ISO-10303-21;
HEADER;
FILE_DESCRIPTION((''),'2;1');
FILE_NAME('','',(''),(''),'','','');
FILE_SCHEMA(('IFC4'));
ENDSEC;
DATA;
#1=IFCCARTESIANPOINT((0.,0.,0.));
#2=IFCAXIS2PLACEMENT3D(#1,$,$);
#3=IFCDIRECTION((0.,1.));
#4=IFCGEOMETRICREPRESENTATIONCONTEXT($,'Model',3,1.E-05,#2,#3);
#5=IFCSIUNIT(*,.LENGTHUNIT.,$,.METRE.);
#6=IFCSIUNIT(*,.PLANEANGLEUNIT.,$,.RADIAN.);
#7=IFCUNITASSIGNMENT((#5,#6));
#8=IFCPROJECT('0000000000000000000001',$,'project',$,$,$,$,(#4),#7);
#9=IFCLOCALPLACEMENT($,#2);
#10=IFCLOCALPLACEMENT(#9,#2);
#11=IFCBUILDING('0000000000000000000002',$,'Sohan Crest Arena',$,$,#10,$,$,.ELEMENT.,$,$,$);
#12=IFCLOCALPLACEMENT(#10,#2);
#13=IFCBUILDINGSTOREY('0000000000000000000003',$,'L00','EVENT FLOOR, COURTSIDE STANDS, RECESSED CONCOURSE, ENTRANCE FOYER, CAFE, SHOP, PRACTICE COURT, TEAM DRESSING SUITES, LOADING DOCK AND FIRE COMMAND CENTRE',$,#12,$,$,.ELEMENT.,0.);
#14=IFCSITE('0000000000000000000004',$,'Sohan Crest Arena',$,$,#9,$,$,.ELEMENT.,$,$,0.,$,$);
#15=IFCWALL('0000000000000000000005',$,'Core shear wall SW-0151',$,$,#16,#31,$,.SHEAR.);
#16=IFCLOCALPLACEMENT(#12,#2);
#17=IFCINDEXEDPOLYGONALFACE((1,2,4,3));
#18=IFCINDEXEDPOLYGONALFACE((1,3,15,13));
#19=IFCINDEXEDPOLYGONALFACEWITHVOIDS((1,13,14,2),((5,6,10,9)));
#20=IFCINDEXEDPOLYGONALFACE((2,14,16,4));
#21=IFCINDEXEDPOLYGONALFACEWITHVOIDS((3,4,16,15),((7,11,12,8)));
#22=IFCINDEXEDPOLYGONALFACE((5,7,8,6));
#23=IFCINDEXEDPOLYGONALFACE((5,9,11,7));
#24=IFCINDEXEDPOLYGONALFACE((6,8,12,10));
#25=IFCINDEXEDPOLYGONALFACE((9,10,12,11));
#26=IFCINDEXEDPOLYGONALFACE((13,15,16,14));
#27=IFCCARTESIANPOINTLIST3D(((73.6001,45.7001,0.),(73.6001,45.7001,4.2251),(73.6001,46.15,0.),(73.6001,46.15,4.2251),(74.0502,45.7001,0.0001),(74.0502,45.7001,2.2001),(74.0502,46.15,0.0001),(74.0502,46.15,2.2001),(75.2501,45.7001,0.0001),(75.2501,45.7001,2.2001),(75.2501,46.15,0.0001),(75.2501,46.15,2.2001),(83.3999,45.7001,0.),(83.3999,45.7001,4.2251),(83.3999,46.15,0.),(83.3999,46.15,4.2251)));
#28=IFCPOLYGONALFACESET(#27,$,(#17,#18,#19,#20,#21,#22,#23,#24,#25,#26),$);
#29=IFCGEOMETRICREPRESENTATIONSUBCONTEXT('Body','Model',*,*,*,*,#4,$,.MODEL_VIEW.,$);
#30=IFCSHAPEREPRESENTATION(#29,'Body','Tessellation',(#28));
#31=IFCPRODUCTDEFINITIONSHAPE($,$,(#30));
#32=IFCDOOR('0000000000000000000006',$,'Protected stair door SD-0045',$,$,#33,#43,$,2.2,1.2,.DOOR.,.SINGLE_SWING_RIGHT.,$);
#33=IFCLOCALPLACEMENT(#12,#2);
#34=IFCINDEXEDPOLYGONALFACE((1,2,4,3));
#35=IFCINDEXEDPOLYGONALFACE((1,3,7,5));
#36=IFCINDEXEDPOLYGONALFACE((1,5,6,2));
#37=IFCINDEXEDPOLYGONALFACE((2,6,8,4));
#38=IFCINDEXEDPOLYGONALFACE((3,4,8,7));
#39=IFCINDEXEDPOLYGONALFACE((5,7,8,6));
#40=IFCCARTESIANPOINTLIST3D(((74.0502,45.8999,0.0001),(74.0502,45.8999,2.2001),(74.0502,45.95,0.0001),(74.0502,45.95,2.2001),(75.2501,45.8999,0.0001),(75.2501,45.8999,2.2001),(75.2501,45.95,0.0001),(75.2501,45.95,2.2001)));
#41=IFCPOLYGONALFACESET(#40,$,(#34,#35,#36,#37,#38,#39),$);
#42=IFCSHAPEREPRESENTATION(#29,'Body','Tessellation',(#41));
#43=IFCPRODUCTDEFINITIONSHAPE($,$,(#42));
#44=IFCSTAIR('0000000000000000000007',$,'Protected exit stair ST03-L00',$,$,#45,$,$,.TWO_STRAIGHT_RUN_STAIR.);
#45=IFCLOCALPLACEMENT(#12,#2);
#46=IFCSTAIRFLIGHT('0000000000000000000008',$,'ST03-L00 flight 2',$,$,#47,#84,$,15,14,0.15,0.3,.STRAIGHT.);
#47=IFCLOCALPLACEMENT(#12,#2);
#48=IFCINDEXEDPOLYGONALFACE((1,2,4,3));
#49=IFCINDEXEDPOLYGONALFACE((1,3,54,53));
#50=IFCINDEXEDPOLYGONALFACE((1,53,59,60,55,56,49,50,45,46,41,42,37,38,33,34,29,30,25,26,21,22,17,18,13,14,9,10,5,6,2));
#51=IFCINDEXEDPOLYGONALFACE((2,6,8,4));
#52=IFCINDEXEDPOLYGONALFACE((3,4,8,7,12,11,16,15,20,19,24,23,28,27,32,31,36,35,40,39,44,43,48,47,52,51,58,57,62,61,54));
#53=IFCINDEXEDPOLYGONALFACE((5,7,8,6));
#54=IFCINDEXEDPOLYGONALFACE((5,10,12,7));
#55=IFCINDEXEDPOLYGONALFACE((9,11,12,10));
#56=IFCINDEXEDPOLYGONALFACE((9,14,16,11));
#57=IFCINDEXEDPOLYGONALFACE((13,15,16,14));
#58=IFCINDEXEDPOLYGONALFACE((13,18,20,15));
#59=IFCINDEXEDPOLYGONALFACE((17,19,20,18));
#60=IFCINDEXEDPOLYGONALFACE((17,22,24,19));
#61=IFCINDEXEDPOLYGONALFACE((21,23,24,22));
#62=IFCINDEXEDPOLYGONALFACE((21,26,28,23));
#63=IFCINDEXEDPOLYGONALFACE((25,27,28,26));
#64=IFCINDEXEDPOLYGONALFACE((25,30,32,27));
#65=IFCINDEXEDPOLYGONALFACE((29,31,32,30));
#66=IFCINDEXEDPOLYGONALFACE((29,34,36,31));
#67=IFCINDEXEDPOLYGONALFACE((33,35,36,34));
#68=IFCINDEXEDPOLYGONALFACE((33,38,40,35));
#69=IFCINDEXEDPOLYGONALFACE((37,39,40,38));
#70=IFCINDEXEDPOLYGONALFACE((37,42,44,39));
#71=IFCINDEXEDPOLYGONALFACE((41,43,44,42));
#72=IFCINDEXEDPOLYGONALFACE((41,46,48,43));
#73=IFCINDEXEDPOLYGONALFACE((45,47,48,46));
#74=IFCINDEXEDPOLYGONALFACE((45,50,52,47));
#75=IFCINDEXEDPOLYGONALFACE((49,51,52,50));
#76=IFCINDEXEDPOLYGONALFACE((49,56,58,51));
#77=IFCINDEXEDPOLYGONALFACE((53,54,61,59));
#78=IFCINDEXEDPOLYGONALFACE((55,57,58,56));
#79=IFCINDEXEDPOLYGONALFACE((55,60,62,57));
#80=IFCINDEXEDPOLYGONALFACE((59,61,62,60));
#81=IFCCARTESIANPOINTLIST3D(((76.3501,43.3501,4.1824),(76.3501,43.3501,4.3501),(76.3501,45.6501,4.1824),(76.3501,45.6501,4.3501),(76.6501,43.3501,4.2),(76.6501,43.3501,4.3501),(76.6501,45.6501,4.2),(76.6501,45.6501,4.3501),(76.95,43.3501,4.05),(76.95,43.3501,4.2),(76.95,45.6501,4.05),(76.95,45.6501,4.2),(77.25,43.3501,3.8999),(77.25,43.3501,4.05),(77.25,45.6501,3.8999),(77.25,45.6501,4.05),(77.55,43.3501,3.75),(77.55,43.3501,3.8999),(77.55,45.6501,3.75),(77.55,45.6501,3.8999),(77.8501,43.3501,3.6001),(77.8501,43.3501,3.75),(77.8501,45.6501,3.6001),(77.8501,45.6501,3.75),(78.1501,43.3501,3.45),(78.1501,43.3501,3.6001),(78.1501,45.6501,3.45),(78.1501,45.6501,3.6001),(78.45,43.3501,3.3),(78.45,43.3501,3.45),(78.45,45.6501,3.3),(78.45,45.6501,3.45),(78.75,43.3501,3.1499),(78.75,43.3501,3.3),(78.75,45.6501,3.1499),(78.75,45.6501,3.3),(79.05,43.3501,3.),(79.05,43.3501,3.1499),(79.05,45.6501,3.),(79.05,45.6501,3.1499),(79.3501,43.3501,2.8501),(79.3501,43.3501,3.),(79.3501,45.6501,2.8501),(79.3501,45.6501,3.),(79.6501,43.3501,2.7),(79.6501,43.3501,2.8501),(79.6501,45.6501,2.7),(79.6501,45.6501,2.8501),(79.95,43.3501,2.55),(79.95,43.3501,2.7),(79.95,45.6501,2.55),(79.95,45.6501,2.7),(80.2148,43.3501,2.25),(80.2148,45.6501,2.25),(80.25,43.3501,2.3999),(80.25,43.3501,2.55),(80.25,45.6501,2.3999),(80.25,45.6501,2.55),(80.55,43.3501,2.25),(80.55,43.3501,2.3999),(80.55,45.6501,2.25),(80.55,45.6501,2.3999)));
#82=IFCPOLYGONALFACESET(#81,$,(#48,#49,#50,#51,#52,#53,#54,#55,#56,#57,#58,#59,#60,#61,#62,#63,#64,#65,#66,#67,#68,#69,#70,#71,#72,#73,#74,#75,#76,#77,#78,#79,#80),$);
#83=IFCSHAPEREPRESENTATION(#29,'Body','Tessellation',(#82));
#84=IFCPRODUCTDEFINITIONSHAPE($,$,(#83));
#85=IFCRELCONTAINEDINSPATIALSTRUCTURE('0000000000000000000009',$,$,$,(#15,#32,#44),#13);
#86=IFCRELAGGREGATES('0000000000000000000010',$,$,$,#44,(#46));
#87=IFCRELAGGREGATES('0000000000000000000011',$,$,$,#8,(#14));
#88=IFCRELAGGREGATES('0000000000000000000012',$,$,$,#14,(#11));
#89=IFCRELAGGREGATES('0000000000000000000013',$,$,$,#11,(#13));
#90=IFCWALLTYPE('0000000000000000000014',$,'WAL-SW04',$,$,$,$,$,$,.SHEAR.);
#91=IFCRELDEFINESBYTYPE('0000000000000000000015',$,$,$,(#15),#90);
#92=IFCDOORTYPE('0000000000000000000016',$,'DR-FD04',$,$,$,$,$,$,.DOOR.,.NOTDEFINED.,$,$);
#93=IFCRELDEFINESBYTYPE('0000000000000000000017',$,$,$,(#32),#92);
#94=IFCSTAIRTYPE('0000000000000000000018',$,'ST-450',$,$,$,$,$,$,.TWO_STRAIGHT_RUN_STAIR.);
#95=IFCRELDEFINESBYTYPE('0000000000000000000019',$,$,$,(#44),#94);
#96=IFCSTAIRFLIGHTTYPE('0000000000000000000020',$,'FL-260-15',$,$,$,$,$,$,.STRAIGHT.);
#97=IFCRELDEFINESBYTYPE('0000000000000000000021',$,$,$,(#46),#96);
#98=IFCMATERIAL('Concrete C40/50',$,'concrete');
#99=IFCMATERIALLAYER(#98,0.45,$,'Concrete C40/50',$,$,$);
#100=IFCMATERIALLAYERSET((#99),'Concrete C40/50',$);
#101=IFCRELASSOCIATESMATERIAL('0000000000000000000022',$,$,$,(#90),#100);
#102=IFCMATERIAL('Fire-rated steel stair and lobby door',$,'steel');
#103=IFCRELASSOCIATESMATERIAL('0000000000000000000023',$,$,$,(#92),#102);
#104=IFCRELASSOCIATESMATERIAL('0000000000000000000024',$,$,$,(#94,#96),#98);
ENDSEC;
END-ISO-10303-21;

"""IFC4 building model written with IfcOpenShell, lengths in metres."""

from ifc_helpers import new_model, si_unit, direction, frame, frame_2d, origin, place, context, subcontext, project, spatial, polyline, rectangle, outline, extrude, material, layer, layer_set, type_object, element, fill, aggregate, save


model = new_model("IFC4")

# Units and contexts
model_context = context("Model", 3, precision=1e-05, world=origin(), true_north=direction((0.0, 1.0)))
body_context = subcontext(model_context, "Body", "Model", "MODEL_VIEW")
ifc_project = project(units=[si_unit("LENGTHUNIT", "METRE"), si_unit("PLANEANGLEUNIT", "RADIAN")], contexts=[model_context])

# Site, building, storey
site_placement = place(None, origin())
site = spatial("IfcSite", under=ifc_project, at=site_placement, Name="Sohan Crest Arena", CompositionType="ELEMENT", RefElevation=0.0)
building_placement = place(site_placement, origin())
building = spatial("IfcBuilding", under=site, at=building_placement, Name="Sohan Crest Arena", CompositionType="ELEMENT")
storey_placement = place(building_placement, origin())
storey = spatial("IfcBuildingStorey", under=building, at=storey_placement, Name="L00", Description="EVENT FLOOR, COURTSIDE STANDS, RECESSED CONCOURSE, ENTRANCE FOYER, CAFE, SHOP, PRACTICE COURT, TEAM DRESSING SUITES, LOADING DOCK AND FIRE COMMAND CENTRE", CompositionType="ELEMENT", Elevation=0.0)

# Shared definitions
ifc_material_1 = material(Name="Concrete C40/50", Category="concrete")

# Wall, opening, door
ifc_layer_1 = layer(ifc_material_1, 0.45, Name="Concrete C40/50")
ifc_layer_set_1 = layer_set([ifc_layer_1], Name="Concrete C40/50")
wall_type_1 = type_object("IfcWallType", Name="WAL-SW04", PredefinedType="SHEAR", material=ifc_layer_set_1)
wall_1_placement = place(storey_placement, frame((73.6001, 45.925, 0.0), z_axis=(0.0, 0.0, 1.0), x_axis=(1.0, 0.0, 0.0)))
wall_1 = element("IfcWall", 1, at=wall_1_placement, inside=storey, type_object=wall_type_1, Name="Core shear wall SW-0151", PredefinedType="SHEAR", context=body_context, shape_type="SweptSolid", body=[
    extrude(rectangle(XDim=9.7998, YDim=0.45, at=frame_2d((4.8999, 0.0))), origin(), (0.0, 0.0, 1.0), 4.2251),
])
opening_1_placement = place(wall_1_placement, frame((0.45, 0.0, 0.0)))
opening_1 = element("IfcOpeningElement", 2, at=opening_1_placement, cuts=wall_1, PredefinedType="OPENING", context=body_context, shape_type="SweptSolid", body=[
    extrude(rectangle(XDim=1.2, YDim=2.2, at=frame_2d((0.6001, 1.1001))), frame((0.0, 0.2349, 0.0), z_axis=(0.0, -1.0, 0.0), x_axis=(1.0, 0.0, 0.0)), (0.0, 0.0, 1.0), 0.47),
])
ifc_material_2 = material(Name="Fire-rated steel stair and lobby door", Category="steel")
door_type_1 = type_object("IfcDoorType", Name="DR-FD04", OperationType="NOTDEFINED", PredefinedType="DOOR", material=ifc_material_2)
door_1_placement = place(opening_1_placement, origin())
door_1 = element("IfcDoor", 3, at=door_1_placement, inside=storey, type_object=door_type_1, Name="Protected stair door SD-0045", OperationType="SINGLE_SWING_RIGHT", OverallHeight=2.2, OverallWidth=1.2, PredefinedType="DOOR", context=body_context, shape_type="SweptSolid", body=[
    extrude(rectangle(XDim=1.2, YDim=2.2, at=frame_2d((0.6001, 1.1001))), frame((0.0, 0.0249, 0.0), z_axis=(0.0, -1.0, 0.0), x_axis=(1.0, 0.0, 0.0)), (0.0, 0.0, 1.0), 0.05),
])
fill(opening_1, door_1)

# Stair, stair flight
stair_type = type_object("IfcStairType", Name="ST-450", PredefinedType="TWO_STRAIGHT_RUN_STAIR", material=ifc_material_1)
stair_placement = place(storey_placement, origin())
stair = element("IfcStair", 4, at=stair_placement, inside=storey, type_object=stair_type, Name="Protected exit stair ST03-L00", PredefinedType="TWO_STRAIGHT_RUN_STAIR")
stair_flight_type = type_object("IfcStairFlightType", Name="FL-260-15", PredefinedType="STRAIGHT", material=ifc_material_1)
stair_flight_placement = place(storey_placement, frame((80.55, 44.5, 2.25), z_axis=(0.0, 0.0, 1.0), x_axis=(-1.0, 0.0, 0.0)))
stair_flight = element("IfcStairFlight", 5, at=stair_flight_placement, type_object=stair_flight_type, Name="ST03-L00 flight 2", NumberOfRisers=15, NumberOfTreads=14, PredefinedType="STRAIGHT", RiserHeight=0.15, TreadLength=0.3, context=body_context, shape_type="SweptSolid", body=[
    extrude(outline(polyline([(0.0, 0.0), (0.0, 0.1499), (0.3, 0.1499), (0.3, 0.3), (0.6001, 0.3), (0.6001, 0.45), (0.8999, 0.45), (0.8999, 0.6001), (1.2, 0.6001), (1.2, 0.75), (1.5, 0.75), (1.5, 0.8999), (1.8, 0.8999), (1.8, 1.05), (2.1001, 1.05), (2.1001, 1.2), (2.3999, 1.2), (2.3999, 1.3501), (2.7, 1.3501), (2.7, 1.5), (3.0, 1.5), (3.0, 1.6499), (3.3, 1.6499), (3.3, 1.8), (3.6001, 1.8), (3.6001, 1.95), (3.8999, 1.95), (3.8999, 2.1001), (4.2, 2.1001), (4.2, 2.25), (4.2, 1.9324), (0.3352, 0.0), (0.0, 0.0)])), frame((0.0, 1.1499, 0.0), z_axis=(0.0, -1.0, 0.0), x_axis=(1.0, 0.0, 0.0)), (0.0, 0.0, 1.0), 2.3),
])
aggregate(stair, [stair_flight])

save(model, "model.ifc")
